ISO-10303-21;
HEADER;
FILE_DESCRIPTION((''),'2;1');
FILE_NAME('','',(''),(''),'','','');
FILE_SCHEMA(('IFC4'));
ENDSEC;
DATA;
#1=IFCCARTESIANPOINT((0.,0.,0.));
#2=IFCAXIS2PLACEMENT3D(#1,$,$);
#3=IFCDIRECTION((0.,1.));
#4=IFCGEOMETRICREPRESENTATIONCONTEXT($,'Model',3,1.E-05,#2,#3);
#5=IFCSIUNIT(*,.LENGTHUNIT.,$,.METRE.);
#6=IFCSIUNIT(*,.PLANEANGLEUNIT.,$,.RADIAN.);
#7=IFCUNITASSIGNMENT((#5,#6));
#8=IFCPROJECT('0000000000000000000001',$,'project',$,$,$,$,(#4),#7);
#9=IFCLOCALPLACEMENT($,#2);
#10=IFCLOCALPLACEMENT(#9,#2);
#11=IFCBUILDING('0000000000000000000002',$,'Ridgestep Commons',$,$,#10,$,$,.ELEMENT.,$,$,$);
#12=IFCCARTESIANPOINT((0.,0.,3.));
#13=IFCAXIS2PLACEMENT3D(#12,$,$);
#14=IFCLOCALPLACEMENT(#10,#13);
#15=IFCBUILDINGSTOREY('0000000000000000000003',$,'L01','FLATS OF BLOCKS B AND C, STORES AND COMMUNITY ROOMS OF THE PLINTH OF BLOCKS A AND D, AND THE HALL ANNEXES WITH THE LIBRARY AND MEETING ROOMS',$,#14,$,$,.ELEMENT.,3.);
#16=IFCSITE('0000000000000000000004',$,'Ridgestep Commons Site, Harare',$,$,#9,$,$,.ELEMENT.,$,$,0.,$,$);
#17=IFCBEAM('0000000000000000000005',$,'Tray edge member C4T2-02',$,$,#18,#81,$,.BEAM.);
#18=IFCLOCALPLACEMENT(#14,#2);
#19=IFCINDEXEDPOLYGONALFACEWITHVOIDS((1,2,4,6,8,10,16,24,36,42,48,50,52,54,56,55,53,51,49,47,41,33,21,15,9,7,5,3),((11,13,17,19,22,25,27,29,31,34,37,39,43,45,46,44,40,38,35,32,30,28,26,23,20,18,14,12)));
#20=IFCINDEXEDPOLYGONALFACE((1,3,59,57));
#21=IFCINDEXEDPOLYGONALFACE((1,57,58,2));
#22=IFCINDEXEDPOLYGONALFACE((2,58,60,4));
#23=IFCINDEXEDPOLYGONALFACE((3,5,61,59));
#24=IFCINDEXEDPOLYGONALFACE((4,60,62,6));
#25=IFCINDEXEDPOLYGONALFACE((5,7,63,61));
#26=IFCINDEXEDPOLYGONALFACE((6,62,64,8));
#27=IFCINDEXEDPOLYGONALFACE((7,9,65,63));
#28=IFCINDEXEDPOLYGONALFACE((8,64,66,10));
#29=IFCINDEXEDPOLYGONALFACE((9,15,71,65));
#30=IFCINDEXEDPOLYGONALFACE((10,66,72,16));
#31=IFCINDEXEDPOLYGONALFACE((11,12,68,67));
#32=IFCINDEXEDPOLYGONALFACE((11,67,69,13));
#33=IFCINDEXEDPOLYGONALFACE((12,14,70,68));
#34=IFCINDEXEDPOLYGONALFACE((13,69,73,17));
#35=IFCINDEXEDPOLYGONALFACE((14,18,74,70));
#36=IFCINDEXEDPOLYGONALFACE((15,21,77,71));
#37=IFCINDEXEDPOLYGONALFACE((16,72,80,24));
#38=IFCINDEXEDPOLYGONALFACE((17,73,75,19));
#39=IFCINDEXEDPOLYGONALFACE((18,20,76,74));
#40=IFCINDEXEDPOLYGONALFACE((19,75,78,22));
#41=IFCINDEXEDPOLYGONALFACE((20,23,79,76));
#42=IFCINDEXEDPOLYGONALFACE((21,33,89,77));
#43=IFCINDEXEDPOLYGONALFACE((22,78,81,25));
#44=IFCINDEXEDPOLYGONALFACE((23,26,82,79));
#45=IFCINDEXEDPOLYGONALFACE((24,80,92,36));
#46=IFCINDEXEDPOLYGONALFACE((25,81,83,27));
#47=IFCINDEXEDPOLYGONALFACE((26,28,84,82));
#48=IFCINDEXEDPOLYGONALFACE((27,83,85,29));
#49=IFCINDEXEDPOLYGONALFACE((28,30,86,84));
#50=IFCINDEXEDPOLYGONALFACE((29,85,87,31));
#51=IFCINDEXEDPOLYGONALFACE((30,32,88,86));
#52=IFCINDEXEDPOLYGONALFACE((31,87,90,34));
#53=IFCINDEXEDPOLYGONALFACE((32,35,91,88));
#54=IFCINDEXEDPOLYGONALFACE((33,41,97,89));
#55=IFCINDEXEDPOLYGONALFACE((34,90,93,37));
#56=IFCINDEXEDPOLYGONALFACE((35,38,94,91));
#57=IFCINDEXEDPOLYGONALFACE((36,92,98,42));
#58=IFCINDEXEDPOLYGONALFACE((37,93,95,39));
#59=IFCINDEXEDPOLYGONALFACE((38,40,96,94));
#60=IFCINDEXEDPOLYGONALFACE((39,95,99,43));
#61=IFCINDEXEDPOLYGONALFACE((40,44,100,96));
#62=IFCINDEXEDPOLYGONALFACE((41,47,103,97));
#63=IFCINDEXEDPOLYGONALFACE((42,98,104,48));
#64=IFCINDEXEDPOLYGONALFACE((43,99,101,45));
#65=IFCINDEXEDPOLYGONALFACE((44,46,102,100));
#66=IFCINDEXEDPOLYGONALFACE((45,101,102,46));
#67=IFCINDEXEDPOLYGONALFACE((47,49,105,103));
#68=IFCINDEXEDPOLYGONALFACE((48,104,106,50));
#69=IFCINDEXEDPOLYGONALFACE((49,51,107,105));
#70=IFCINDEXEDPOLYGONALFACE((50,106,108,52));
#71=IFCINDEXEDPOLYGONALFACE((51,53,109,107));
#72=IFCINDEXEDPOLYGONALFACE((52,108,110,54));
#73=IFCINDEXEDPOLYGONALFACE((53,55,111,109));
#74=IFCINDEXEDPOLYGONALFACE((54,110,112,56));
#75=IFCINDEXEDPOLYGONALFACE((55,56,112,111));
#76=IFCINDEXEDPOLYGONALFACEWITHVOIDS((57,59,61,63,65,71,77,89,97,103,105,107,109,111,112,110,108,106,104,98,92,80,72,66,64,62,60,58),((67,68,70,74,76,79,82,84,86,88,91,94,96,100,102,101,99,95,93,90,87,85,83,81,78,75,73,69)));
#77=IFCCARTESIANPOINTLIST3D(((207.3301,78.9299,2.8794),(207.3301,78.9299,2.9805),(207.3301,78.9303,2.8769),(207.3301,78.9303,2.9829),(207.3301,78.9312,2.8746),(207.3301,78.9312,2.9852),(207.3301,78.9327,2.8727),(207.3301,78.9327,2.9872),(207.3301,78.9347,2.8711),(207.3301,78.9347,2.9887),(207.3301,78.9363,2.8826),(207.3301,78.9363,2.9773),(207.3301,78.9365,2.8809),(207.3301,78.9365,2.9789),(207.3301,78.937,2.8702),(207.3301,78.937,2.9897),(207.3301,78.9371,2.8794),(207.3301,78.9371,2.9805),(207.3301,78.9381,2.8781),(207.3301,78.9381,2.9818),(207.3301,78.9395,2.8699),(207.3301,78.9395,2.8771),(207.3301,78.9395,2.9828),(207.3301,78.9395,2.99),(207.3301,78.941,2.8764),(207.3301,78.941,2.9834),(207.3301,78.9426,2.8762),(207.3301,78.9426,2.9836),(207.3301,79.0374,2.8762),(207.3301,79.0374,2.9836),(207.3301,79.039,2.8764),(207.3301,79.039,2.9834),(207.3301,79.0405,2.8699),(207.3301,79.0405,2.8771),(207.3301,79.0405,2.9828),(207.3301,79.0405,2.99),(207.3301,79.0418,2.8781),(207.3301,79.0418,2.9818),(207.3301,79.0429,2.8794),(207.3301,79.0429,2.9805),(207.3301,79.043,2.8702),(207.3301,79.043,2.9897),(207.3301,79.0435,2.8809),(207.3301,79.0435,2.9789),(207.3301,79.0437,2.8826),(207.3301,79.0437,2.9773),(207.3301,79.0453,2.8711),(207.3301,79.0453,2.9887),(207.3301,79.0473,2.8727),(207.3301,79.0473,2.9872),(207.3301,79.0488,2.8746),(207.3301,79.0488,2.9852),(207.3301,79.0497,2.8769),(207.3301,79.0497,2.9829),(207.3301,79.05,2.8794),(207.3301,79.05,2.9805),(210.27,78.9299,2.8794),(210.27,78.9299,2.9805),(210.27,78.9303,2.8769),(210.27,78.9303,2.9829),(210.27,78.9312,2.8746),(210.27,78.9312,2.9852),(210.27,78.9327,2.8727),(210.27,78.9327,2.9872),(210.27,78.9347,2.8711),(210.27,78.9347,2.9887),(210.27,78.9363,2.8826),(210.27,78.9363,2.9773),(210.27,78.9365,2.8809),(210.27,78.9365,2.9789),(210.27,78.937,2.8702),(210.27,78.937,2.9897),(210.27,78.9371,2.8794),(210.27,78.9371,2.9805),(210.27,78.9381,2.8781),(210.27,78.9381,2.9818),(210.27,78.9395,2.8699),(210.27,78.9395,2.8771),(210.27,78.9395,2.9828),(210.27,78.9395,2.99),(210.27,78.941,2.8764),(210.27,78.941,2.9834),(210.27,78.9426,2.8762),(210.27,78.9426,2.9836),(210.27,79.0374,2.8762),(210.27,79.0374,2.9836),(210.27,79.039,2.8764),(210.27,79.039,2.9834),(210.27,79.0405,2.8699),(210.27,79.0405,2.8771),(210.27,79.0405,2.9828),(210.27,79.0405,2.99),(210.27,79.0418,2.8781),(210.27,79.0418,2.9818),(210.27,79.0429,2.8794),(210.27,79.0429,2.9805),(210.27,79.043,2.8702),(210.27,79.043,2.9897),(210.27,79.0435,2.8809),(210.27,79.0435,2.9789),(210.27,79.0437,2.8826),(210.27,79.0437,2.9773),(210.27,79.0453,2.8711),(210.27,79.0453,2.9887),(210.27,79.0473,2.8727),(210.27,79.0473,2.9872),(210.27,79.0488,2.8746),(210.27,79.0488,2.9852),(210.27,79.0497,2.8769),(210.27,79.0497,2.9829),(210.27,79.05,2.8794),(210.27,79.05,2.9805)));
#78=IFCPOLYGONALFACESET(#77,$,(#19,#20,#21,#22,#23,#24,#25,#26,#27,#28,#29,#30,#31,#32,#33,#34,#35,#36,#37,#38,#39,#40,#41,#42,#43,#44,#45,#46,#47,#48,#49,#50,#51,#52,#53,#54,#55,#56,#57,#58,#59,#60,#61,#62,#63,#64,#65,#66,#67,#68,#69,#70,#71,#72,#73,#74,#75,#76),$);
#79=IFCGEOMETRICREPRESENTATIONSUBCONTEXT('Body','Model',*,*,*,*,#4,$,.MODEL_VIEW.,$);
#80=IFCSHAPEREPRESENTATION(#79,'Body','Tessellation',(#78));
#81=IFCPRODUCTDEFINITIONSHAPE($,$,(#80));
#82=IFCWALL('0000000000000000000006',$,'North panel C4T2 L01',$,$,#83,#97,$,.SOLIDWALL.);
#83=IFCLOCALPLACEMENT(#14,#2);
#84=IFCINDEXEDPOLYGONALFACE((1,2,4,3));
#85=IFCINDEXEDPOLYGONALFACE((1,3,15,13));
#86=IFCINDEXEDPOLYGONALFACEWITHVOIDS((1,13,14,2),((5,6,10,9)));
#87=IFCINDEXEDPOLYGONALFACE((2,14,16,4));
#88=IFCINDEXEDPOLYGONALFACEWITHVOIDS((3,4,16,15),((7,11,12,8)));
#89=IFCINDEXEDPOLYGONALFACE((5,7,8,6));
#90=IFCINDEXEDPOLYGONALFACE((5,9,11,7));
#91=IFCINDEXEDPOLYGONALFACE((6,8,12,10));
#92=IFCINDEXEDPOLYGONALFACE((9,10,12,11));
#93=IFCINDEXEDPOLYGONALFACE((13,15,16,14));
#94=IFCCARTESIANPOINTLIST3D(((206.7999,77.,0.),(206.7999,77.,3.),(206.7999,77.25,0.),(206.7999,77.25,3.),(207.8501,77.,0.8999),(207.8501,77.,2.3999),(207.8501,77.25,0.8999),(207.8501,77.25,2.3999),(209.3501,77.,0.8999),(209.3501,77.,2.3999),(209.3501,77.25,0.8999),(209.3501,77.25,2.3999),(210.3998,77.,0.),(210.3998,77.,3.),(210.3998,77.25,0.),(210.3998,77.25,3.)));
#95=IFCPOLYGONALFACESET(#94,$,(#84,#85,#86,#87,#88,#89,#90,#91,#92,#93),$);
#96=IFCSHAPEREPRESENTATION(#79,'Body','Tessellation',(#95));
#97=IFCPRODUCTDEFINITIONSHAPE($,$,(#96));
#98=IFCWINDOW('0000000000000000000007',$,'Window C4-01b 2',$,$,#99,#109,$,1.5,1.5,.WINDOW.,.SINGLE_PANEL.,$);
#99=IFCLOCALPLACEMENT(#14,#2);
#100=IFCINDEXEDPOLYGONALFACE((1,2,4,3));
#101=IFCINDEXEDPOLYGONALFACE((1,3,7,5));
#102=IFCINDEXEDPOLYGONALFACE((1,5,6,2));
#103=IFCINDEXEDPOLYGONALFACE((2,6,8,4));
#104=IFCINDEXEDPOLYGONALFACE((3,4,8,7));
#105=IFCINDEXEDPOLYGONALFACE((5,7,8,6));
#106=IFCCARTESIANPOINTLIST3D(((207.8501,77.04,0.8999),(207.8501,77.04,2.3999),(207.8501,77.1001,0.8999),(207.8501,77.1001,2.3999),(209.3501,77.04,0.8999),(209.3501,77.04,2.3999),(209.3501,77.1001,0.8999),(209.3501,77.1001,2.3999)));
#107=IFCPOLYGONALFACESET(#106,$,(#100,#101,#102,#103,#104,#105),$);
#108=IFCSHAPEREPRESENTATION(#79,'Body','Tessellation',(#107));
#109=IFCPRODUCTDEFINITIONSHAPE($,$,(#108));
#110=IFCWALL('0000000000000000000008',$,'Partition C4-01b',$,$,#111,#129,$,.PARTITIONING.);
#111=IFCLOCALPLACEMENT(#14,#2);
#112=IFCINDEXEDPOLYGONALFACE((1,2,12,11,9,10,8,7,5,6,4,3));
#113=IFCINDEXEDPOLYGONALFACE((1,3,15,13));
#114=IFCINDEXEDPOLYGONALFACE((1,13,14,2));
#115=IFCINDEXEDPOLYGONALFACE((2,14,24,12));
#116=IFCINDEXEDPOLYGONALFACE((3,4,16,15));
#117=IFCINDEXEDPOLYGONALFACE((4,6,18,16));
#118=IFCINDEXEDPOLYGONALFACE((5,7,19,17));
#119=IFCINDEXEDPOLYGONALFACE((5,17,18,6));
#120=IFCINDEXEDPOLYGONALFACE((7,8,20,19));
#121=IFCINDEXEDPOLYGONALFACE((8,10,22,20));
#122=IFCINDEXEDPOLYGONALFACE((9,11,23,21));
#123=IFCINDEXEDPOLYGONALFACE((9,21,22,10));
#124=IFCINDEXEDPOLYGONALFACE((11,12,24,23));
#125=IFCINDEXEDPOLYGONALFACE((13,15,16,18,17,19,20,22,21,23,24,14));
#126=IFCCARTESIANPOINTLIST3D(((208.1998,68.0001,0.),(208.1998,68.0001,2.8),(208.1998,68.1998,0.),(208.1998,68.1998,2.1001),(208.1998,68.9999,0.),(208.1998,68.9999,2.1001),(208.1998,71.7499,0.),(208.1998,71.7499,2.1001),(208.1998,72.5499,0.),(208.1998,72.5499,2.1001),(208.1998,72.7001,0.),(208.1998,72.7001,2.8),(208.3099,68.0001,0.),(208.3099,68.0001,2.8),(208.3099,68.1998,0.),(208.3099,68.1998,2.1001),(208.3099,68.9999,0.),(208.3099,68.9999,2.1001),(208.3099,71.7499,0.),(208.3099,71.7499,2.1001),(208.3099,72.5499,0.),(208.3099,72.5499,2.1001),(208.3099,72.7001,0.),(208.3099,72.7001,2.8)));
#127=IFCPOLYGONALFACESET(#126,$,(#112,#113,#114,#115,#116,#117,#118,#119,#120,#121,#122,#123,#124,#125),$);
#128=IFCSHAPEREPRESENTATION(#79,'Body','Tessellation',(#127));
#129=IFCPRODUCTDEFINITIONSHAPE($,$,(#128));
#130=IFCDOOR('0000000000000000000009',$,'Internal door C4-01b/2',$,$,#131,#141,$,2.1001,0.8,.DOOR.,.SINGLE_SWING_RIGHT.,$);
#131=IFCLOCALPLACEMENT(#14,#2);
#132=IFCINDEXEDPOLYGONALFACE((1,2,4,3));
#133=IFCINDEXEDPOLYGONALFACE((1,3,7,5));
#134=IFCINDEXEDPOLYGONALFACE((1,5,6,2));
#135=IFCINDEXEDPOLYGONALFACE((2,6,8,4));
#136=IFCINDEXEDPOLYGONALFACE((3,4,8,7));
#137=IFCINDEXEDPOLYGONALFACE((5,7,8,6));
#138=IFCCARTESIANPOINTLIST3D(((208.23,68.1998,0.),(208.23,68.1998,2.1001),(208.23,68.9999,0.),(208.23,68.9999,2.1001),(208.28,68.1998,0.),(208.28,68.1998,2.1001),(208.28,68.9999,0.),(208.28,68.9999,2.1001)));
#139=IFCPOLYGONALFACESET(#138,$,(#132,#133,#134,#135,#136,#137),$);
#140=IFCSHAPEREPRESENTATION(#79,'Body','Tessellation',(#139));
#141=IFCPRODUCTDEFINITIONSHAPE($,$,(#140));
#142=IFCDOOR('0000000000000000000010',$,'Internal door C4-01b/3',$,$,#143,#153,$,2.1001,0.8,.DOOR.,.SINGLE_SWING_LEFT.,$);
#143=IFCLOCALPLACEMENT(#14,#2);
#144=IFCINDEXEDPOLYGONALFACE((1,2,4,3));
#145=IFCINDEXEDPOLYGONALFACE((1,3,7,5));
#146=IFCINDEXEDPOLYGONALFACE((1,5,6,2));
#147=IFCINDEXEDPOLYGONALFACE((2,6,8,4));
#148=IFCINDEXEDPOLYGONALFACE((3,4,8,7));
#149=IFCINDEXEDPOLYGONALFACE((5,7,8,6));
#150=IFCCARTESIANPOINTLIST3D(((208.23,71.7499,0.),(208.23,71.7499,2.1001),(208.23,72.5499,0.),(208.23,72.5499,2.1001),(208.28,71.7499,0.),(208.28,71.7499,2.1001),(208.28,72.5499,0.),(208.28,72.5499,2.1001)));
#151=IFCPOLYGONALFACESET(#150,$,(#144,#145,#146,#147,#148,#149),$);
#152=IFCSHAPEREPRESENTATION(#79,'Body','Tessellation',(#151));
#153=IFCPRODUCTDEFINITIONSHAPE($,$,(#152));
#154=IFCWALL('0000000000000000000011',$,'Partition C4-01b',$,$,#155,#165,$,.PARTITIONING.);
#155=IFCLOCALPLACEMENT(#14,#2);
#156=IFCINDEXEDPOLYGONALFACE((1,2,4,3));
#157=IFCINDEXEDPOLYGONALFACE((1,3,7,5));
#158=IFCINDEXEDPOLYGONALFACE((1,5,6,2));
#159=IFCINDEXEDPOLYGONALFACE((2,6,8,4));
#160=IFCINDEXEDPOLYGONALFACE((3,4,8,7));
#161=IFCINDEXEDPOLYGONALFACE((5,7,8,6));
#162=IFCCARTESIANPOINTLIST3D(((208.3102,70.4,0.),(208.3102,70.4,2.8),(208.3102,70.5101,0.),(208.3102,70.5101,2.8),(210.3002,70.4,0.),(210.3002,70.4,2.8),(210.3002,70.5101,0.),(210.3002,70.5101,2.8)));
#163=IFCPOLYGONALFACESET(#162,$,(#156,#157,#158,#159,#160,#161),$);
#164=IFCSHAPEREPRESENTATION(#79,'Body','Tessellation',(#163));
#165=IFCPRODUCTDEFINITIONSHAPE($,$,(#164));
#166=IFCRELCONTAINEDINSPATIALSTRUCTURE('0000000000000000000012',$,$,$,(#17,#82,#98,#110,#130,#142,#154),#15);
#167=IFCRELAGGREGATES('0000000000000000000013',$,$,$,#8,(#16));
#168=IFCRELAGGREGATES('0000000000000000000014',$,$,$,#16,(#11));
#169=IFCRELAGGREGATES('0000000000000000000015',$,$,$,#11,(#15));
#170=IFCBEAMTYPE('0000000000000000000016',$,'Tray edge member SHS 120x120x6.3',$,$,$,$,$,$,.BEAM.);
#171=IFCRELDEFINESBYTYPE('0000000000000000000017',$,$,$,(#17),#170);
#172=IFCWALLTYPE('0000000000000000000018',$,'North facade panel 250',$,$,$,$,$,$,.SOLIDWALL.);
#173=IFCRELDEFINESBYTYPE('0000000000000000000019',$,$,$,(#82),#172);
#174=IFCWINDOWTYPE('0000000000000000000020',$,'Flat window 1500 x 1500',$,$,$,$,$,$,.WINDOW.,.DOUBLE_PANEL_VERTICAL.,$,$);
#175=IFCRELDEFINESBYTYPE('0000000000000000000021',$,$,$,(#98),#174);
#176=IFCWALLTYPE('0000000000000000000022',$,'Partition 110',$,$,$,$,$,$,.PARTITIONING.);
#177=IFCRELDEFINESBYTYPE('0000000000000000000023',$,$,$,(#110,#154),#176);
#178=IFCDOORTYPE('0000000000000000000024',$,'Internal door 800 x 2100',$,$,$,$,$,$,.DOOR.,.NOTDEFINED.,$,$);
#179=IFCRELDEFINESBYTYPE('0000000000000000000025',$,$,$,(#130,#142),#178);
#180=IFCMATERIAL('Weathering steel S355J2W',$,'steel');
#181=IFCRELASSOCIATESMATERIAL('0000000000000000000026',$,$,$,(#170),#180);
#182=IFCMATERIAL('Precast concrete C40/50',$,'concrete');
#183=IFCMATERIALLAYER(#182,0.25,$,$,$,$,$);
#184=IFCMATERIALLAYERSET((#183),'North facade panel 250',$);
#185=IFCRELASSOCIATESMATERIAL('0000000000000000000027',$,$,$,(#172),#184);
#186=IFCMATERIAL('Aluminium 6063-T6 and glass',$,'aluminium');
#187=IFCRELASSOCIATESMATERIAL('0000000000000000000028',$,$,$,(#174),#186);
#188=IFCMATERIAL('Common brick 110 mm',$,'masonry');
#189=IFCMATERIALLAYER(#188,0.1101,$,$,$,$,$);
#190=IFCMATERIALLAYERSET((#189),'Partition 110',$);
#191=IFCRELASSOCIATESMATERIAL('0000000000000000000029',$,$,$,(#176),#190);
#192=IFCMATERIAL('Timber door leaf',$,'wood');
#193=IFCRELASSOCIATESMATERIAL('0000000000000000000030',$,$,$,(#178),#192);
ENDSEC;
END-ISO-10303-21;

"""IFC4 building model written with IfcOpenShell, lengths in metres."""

from ifc_helpers import new_model, si_unit, direction, frame, frame_2d, origin, origin_2d, place, context, subcontext, project, spatial, rectangle, hollow_rectangle, extrude, material, layer, layer_set, material_profile, profile_set, type_object, element, fill, save


model = new_model("IFC4")

# Units and contexts
model_context = context("Model", 3, precision=1e-05, world=origin(), true_north=direction((0.0, 1.0)))
body_context = subcontext(model_context, "Body", "Model", "MODEL_VIEW")
ifc_project = project(units=[si_unit("LENGTHUNIT", "METRE"), si_unit("PLANEANGLEUNIT", "RADIAN")], contexts=[model_context])

# Site, building, storey
site_placement = place(None, origin())
site = spatial("IfcSite", under=ifc_project, at=site_placement, Name="Ridgestep Commons Site, Harare", CompositionType="ELEMENT", RefElevation=0.0)
building_placement = place(site_placement, origin())
building = spatial("IfcBuilding", under=site, at=building_placement, Name="Ridgestep Commons", CompositionType="ELEMENT")
storey_placement = place(building_placement, frame((0.0, 0.0, 3.0)))
storey = spatial("IfcBuildingStorey", under=building, at=storey_placement, Name="L01", Description="FLATS OF BLOCKS B AND C, STORES AND COMMUNITY ROOMS OF THE PLINTH OF BLOCKS A AND D, AND THE HALL ANNEXES WITH THE LIBRARY AND MEETING ROOMS", CompositionType="ELEMENT", Elevation=3.0)

# Beam
ifc_material_1 = material(Name="Weathering steel S355J2W", Category="steel")
ifc_material_profile_1 = material_profile(ifc_material_1, hollow_rectangle(XDim=0.1201, YDim=0.1201, WallThickness=0.0063, InnerFilletRadius=0.0063, OuterFilletRadius=0.0095, at=origin_2d()), Name="SHS 120x120x6.3")
ifc_profile_set_1 = profile_set([ifc_material_profile_1], Name="Weathering steel S355J2W")
beam_type_1 = type_object("IfcBeamType", Name="Tray edge member SHS 120x120x6.3", PredefinedType="BEAM", material=ifc_profile_set_1)
beam_placement = place(storey_placement, frame((207.3301, 78.99, 2.9299), z_axis=(1.0, 0.0, 0.0), x_axis=(0.0, 0.0, 1.0)))
element("IfcBeam", 1, at=beam_placement, inside=storey, type_object=beam_type_1, Name="Tray edge member C4T2-02", PredefinedType="BEAM", context=body_context, shape_type="SweptSolid", body=[
    extrude(hollow_rectangle(XDim=0.1201, YDim=0.1201, WallThickness=0.0063, InnerFilletRadius=0.0063, OuterFilletRadius=0.0095, at=origin_2d()), origin(), (0.0, 0.0, 1.0), 2.9399),
])

# Wall, opening, window
ifc_material_2 = material(Name="Precast concrete C40/50", Category="concrete")
ifc_layer_1 = layer(ifc_material_2, 0.25)
ifc_layer_set_1 = layer_set([ifc_layer_1], Name="North facade panel 250")
wall_type_1 = type_object("IfcWallType", Name="North facade panel 250", PredefinedType="SOLIDWALL", material=ifc_layer_set_1)
wall_1_placement = place(storey_placement, frame((206.8, 77.125, 0.0), z_axis=(0.0, 0.0, 1.0), x_axis=(1.0, 0.0, 0.0)))
wall_1 = element("IfcWall", 2, at=wall_1_placement, inside=storey, type_object=wall_type_1, Name="North panel C4T2 L01", PredefinedType="SOLIDWALL", context=body_context, shape_type="SweptSolid", body=[
    extrude(rectangle(XDim=3.5999, YDim=0.25, at=frame_2d((1.7998, 0.0))), origin(), (0.0, 0.0, 1.0), 3.0),
])
opening_1_placement = place(wall_1_placement, frame((1.05, 0.0, 0.8999)))
opening_1 = element("IfcOpeningElement", 3, at=opening_1_placement, cuts=wall_1, PredefinedType="OPENING", context=body_context, shape_type="SweptSolid", body=[
    extrude(rectangle(XDim=1.5, YDim=1.5, at=frame_2d((0.75, 0.75))), frame((0.0, 0.135, 0.0), z_axis=(0.0, -1.0, 0.0), x_axis=(1.0, 0.0, 0.0)), (0.0, 0.0, 1.0), 0.27),
])
ifc_material_3 = material(Name="Aluminium 6063-T6 and glass", Category="aluminium")
window_type = type_object("IfcWindowType", Name="Flat window 1500 x 1500", PartitioningType="DOUBLE_PANEL_VERTICAL", PredefinedType="WINDOW", material=ifc_material_3)
window_placement = place(opening_1_placement, origin())
window = element("IfcWindow", 4, at=window_placement, inside=storey, type_object=window_type, Name="Window C4-01b 2", OverallHeight=1.5, OverallWidth=1.5, PartitioningType="SINGLE_PANEL", PredefinedType="WINDOW", context=body_context, shape_type="SweptSolid", body=[
    extrude(rectangle(XDim=1.5, YDim=1.5, at=frame_2d((0.75, 0.75))), frame((0.0, -0.0249, 0.0), z_axis=(0.0, -1.0, 0.0), x_axis=(1.0, 0.0, 0.0)), (0.0, 0.0, 1.0), 0.0601),
])
fill(opening_1, window)

# Wall, openings, doors
ifc_material_4 = material(Name="Common brick 110 mm", Category="masonry")
ifc_layer_2 = layer(ifc_material_4, 0.1101)
ifc_layer_set_2 = layer_set([ifc_layer_2], Name="Partition 110")
wall_type_2 = type_object("IfcWallType", Name="Partition 110", PredefinedType="PARTITIONING", material=ifc_layer_set_2)
wall_2_placement = place(storey_placement, frame((208.2549, 68.0, 0.0), z_axis=(0.0, 0.0, 1.0), x_axis=(0.0, 1.0, 0.0)))
wall_2 = element("IfcWall", 5, at=wall_2_placement, inside=storey, type_object=wall_type_2, Name="Partition C4-01b", PredefinedType="PARTITIONING", context=body_context, shape_type="SweptSolid", body=[
    extrude(rectangle(XDim=4.7, YDim=0.1101, at=frame_2d((2.3501, 0.0))), origin(), (0.0, 0.0, 1.0), 2.8),
])
opening_2_placement = place(wall_2_placement, frame((0.2, 0.0, 0.0)))
opening_2 = element("IfcOpeningElement", 6, at=opening_2_placement, cuts=wall_2, PredefinedType="OPENING", context=body_context, shape_type="SweptSolid", body=[
    extrude(rectangle(XDim=0.8, YDim=2.1001, at=frame_2d((0.3999, 1.05))), frame((0.0, 0.0649, 0.0), z_axis=(0.0, -1.0, 0.0), x_axis=(1.0, 0.0, 0.0)), (0.0, 0.0, 1.0), 0.1301),
])
opening_3_placement = place(wall_2_placement, frame((3.75, 0.0, 0.0)))
opening_3 = element("IfcOpeningElement", 7, at=opening_3_placement, cuts=wall_2, PredefinedType="OPENING", context=body_context, shape_type="SweptSolid", body=[
    extrude(rectangle(XDim=0.8, YDim=2.1001, at=frame_2d((0.3999, 1.05))), frame((0.0, 0.0649, 0.0), z_axis=(0.0, -1.0, 0.0), x_axis=(1.0, 0.0, 0.0)), (0.0, 0.0, 1.0), 0.1301),
])
ifc_material_5 = material(Name="Timber door leaf", Category="wood")
door_type_1 = type_object("IfcDoorType", Name="Internal door 800 x 2100", OperationType="NOTDEFINED", PredefinedType="DOOR", material=ifc_material_5)
door_1_placement = place(opening_2_placement, origin())
door_1 = element("IfcDoor", 8, at=door_1_placement, inside=storey, type_object=door_type_1, Name="Internal door C4-01b/2", OperationType="SINGLE_SWING_RIGHT", OverallHeight=2.1001, OverallWidth=0.8, PredefinedType="DOOR", context=body_context, shape_type="SweptSolid", body=[
    extrude(rectangle(XDim=0.8, YDim=2.1001, at=frame_2d((0.3999, 1.05))), frame((0.0, 0.0249, 0.0), z_axis=(0.0, -1.0, 0.0), x_axis=(1.0, 0.0, 0.0)), (0.0, 0.0, 1.0), 0.05),
])
fill(opening_2, door_1)
door_2_placement = place(opening_3_placement, origin())
door_2 = element("IfcDoor", 9, at=door_2_placement, inside=storey, type_object=door_type_1, Name="Internal door C4-01b/3", OperationType="SINGLE_SWING_LEFT", OverallHeight=2.1001, OverallWidth=0.8, PredefinedType="DOOR", context=body_context, shape_type="SweptSolid", body=[
    extrude(rectangle(XDim=0.8, YDim=2.1001, at=frame_2d((0.3999, 1.05))), frame((0.0, 0.0249, 0.0), z_axis=(0.0, -1.0, 0.0), x_axis=(1.0, 0.0, 0.0)), (0.0, 0.0, 1.0), 0.05),
])
fill(opening_3, door_2)

# Wall
wall_3_placement = place(storey_placement, frame((208.3101, 70.4551, 0.0), z_axis=(0.0, 0.0, 1.0), x_axis=(1.0, 0.0, 0.0)))
element("IfcWall", 10, at=wall_3_placement, inside=storey, type_object=wall_type_2, Name="Partition C4-01b", PredefinedType="PARTITIONING", context=body_context, shape_type="SweptSolid", body=[
    extrude(rectangle(XDim=1.99, YDim=0.1101, at=frame_2d((0.9951, 0.0))), origin(), (0.0, 0.0, 1.0), 2.8),
])

save(model, "model.ifc")
